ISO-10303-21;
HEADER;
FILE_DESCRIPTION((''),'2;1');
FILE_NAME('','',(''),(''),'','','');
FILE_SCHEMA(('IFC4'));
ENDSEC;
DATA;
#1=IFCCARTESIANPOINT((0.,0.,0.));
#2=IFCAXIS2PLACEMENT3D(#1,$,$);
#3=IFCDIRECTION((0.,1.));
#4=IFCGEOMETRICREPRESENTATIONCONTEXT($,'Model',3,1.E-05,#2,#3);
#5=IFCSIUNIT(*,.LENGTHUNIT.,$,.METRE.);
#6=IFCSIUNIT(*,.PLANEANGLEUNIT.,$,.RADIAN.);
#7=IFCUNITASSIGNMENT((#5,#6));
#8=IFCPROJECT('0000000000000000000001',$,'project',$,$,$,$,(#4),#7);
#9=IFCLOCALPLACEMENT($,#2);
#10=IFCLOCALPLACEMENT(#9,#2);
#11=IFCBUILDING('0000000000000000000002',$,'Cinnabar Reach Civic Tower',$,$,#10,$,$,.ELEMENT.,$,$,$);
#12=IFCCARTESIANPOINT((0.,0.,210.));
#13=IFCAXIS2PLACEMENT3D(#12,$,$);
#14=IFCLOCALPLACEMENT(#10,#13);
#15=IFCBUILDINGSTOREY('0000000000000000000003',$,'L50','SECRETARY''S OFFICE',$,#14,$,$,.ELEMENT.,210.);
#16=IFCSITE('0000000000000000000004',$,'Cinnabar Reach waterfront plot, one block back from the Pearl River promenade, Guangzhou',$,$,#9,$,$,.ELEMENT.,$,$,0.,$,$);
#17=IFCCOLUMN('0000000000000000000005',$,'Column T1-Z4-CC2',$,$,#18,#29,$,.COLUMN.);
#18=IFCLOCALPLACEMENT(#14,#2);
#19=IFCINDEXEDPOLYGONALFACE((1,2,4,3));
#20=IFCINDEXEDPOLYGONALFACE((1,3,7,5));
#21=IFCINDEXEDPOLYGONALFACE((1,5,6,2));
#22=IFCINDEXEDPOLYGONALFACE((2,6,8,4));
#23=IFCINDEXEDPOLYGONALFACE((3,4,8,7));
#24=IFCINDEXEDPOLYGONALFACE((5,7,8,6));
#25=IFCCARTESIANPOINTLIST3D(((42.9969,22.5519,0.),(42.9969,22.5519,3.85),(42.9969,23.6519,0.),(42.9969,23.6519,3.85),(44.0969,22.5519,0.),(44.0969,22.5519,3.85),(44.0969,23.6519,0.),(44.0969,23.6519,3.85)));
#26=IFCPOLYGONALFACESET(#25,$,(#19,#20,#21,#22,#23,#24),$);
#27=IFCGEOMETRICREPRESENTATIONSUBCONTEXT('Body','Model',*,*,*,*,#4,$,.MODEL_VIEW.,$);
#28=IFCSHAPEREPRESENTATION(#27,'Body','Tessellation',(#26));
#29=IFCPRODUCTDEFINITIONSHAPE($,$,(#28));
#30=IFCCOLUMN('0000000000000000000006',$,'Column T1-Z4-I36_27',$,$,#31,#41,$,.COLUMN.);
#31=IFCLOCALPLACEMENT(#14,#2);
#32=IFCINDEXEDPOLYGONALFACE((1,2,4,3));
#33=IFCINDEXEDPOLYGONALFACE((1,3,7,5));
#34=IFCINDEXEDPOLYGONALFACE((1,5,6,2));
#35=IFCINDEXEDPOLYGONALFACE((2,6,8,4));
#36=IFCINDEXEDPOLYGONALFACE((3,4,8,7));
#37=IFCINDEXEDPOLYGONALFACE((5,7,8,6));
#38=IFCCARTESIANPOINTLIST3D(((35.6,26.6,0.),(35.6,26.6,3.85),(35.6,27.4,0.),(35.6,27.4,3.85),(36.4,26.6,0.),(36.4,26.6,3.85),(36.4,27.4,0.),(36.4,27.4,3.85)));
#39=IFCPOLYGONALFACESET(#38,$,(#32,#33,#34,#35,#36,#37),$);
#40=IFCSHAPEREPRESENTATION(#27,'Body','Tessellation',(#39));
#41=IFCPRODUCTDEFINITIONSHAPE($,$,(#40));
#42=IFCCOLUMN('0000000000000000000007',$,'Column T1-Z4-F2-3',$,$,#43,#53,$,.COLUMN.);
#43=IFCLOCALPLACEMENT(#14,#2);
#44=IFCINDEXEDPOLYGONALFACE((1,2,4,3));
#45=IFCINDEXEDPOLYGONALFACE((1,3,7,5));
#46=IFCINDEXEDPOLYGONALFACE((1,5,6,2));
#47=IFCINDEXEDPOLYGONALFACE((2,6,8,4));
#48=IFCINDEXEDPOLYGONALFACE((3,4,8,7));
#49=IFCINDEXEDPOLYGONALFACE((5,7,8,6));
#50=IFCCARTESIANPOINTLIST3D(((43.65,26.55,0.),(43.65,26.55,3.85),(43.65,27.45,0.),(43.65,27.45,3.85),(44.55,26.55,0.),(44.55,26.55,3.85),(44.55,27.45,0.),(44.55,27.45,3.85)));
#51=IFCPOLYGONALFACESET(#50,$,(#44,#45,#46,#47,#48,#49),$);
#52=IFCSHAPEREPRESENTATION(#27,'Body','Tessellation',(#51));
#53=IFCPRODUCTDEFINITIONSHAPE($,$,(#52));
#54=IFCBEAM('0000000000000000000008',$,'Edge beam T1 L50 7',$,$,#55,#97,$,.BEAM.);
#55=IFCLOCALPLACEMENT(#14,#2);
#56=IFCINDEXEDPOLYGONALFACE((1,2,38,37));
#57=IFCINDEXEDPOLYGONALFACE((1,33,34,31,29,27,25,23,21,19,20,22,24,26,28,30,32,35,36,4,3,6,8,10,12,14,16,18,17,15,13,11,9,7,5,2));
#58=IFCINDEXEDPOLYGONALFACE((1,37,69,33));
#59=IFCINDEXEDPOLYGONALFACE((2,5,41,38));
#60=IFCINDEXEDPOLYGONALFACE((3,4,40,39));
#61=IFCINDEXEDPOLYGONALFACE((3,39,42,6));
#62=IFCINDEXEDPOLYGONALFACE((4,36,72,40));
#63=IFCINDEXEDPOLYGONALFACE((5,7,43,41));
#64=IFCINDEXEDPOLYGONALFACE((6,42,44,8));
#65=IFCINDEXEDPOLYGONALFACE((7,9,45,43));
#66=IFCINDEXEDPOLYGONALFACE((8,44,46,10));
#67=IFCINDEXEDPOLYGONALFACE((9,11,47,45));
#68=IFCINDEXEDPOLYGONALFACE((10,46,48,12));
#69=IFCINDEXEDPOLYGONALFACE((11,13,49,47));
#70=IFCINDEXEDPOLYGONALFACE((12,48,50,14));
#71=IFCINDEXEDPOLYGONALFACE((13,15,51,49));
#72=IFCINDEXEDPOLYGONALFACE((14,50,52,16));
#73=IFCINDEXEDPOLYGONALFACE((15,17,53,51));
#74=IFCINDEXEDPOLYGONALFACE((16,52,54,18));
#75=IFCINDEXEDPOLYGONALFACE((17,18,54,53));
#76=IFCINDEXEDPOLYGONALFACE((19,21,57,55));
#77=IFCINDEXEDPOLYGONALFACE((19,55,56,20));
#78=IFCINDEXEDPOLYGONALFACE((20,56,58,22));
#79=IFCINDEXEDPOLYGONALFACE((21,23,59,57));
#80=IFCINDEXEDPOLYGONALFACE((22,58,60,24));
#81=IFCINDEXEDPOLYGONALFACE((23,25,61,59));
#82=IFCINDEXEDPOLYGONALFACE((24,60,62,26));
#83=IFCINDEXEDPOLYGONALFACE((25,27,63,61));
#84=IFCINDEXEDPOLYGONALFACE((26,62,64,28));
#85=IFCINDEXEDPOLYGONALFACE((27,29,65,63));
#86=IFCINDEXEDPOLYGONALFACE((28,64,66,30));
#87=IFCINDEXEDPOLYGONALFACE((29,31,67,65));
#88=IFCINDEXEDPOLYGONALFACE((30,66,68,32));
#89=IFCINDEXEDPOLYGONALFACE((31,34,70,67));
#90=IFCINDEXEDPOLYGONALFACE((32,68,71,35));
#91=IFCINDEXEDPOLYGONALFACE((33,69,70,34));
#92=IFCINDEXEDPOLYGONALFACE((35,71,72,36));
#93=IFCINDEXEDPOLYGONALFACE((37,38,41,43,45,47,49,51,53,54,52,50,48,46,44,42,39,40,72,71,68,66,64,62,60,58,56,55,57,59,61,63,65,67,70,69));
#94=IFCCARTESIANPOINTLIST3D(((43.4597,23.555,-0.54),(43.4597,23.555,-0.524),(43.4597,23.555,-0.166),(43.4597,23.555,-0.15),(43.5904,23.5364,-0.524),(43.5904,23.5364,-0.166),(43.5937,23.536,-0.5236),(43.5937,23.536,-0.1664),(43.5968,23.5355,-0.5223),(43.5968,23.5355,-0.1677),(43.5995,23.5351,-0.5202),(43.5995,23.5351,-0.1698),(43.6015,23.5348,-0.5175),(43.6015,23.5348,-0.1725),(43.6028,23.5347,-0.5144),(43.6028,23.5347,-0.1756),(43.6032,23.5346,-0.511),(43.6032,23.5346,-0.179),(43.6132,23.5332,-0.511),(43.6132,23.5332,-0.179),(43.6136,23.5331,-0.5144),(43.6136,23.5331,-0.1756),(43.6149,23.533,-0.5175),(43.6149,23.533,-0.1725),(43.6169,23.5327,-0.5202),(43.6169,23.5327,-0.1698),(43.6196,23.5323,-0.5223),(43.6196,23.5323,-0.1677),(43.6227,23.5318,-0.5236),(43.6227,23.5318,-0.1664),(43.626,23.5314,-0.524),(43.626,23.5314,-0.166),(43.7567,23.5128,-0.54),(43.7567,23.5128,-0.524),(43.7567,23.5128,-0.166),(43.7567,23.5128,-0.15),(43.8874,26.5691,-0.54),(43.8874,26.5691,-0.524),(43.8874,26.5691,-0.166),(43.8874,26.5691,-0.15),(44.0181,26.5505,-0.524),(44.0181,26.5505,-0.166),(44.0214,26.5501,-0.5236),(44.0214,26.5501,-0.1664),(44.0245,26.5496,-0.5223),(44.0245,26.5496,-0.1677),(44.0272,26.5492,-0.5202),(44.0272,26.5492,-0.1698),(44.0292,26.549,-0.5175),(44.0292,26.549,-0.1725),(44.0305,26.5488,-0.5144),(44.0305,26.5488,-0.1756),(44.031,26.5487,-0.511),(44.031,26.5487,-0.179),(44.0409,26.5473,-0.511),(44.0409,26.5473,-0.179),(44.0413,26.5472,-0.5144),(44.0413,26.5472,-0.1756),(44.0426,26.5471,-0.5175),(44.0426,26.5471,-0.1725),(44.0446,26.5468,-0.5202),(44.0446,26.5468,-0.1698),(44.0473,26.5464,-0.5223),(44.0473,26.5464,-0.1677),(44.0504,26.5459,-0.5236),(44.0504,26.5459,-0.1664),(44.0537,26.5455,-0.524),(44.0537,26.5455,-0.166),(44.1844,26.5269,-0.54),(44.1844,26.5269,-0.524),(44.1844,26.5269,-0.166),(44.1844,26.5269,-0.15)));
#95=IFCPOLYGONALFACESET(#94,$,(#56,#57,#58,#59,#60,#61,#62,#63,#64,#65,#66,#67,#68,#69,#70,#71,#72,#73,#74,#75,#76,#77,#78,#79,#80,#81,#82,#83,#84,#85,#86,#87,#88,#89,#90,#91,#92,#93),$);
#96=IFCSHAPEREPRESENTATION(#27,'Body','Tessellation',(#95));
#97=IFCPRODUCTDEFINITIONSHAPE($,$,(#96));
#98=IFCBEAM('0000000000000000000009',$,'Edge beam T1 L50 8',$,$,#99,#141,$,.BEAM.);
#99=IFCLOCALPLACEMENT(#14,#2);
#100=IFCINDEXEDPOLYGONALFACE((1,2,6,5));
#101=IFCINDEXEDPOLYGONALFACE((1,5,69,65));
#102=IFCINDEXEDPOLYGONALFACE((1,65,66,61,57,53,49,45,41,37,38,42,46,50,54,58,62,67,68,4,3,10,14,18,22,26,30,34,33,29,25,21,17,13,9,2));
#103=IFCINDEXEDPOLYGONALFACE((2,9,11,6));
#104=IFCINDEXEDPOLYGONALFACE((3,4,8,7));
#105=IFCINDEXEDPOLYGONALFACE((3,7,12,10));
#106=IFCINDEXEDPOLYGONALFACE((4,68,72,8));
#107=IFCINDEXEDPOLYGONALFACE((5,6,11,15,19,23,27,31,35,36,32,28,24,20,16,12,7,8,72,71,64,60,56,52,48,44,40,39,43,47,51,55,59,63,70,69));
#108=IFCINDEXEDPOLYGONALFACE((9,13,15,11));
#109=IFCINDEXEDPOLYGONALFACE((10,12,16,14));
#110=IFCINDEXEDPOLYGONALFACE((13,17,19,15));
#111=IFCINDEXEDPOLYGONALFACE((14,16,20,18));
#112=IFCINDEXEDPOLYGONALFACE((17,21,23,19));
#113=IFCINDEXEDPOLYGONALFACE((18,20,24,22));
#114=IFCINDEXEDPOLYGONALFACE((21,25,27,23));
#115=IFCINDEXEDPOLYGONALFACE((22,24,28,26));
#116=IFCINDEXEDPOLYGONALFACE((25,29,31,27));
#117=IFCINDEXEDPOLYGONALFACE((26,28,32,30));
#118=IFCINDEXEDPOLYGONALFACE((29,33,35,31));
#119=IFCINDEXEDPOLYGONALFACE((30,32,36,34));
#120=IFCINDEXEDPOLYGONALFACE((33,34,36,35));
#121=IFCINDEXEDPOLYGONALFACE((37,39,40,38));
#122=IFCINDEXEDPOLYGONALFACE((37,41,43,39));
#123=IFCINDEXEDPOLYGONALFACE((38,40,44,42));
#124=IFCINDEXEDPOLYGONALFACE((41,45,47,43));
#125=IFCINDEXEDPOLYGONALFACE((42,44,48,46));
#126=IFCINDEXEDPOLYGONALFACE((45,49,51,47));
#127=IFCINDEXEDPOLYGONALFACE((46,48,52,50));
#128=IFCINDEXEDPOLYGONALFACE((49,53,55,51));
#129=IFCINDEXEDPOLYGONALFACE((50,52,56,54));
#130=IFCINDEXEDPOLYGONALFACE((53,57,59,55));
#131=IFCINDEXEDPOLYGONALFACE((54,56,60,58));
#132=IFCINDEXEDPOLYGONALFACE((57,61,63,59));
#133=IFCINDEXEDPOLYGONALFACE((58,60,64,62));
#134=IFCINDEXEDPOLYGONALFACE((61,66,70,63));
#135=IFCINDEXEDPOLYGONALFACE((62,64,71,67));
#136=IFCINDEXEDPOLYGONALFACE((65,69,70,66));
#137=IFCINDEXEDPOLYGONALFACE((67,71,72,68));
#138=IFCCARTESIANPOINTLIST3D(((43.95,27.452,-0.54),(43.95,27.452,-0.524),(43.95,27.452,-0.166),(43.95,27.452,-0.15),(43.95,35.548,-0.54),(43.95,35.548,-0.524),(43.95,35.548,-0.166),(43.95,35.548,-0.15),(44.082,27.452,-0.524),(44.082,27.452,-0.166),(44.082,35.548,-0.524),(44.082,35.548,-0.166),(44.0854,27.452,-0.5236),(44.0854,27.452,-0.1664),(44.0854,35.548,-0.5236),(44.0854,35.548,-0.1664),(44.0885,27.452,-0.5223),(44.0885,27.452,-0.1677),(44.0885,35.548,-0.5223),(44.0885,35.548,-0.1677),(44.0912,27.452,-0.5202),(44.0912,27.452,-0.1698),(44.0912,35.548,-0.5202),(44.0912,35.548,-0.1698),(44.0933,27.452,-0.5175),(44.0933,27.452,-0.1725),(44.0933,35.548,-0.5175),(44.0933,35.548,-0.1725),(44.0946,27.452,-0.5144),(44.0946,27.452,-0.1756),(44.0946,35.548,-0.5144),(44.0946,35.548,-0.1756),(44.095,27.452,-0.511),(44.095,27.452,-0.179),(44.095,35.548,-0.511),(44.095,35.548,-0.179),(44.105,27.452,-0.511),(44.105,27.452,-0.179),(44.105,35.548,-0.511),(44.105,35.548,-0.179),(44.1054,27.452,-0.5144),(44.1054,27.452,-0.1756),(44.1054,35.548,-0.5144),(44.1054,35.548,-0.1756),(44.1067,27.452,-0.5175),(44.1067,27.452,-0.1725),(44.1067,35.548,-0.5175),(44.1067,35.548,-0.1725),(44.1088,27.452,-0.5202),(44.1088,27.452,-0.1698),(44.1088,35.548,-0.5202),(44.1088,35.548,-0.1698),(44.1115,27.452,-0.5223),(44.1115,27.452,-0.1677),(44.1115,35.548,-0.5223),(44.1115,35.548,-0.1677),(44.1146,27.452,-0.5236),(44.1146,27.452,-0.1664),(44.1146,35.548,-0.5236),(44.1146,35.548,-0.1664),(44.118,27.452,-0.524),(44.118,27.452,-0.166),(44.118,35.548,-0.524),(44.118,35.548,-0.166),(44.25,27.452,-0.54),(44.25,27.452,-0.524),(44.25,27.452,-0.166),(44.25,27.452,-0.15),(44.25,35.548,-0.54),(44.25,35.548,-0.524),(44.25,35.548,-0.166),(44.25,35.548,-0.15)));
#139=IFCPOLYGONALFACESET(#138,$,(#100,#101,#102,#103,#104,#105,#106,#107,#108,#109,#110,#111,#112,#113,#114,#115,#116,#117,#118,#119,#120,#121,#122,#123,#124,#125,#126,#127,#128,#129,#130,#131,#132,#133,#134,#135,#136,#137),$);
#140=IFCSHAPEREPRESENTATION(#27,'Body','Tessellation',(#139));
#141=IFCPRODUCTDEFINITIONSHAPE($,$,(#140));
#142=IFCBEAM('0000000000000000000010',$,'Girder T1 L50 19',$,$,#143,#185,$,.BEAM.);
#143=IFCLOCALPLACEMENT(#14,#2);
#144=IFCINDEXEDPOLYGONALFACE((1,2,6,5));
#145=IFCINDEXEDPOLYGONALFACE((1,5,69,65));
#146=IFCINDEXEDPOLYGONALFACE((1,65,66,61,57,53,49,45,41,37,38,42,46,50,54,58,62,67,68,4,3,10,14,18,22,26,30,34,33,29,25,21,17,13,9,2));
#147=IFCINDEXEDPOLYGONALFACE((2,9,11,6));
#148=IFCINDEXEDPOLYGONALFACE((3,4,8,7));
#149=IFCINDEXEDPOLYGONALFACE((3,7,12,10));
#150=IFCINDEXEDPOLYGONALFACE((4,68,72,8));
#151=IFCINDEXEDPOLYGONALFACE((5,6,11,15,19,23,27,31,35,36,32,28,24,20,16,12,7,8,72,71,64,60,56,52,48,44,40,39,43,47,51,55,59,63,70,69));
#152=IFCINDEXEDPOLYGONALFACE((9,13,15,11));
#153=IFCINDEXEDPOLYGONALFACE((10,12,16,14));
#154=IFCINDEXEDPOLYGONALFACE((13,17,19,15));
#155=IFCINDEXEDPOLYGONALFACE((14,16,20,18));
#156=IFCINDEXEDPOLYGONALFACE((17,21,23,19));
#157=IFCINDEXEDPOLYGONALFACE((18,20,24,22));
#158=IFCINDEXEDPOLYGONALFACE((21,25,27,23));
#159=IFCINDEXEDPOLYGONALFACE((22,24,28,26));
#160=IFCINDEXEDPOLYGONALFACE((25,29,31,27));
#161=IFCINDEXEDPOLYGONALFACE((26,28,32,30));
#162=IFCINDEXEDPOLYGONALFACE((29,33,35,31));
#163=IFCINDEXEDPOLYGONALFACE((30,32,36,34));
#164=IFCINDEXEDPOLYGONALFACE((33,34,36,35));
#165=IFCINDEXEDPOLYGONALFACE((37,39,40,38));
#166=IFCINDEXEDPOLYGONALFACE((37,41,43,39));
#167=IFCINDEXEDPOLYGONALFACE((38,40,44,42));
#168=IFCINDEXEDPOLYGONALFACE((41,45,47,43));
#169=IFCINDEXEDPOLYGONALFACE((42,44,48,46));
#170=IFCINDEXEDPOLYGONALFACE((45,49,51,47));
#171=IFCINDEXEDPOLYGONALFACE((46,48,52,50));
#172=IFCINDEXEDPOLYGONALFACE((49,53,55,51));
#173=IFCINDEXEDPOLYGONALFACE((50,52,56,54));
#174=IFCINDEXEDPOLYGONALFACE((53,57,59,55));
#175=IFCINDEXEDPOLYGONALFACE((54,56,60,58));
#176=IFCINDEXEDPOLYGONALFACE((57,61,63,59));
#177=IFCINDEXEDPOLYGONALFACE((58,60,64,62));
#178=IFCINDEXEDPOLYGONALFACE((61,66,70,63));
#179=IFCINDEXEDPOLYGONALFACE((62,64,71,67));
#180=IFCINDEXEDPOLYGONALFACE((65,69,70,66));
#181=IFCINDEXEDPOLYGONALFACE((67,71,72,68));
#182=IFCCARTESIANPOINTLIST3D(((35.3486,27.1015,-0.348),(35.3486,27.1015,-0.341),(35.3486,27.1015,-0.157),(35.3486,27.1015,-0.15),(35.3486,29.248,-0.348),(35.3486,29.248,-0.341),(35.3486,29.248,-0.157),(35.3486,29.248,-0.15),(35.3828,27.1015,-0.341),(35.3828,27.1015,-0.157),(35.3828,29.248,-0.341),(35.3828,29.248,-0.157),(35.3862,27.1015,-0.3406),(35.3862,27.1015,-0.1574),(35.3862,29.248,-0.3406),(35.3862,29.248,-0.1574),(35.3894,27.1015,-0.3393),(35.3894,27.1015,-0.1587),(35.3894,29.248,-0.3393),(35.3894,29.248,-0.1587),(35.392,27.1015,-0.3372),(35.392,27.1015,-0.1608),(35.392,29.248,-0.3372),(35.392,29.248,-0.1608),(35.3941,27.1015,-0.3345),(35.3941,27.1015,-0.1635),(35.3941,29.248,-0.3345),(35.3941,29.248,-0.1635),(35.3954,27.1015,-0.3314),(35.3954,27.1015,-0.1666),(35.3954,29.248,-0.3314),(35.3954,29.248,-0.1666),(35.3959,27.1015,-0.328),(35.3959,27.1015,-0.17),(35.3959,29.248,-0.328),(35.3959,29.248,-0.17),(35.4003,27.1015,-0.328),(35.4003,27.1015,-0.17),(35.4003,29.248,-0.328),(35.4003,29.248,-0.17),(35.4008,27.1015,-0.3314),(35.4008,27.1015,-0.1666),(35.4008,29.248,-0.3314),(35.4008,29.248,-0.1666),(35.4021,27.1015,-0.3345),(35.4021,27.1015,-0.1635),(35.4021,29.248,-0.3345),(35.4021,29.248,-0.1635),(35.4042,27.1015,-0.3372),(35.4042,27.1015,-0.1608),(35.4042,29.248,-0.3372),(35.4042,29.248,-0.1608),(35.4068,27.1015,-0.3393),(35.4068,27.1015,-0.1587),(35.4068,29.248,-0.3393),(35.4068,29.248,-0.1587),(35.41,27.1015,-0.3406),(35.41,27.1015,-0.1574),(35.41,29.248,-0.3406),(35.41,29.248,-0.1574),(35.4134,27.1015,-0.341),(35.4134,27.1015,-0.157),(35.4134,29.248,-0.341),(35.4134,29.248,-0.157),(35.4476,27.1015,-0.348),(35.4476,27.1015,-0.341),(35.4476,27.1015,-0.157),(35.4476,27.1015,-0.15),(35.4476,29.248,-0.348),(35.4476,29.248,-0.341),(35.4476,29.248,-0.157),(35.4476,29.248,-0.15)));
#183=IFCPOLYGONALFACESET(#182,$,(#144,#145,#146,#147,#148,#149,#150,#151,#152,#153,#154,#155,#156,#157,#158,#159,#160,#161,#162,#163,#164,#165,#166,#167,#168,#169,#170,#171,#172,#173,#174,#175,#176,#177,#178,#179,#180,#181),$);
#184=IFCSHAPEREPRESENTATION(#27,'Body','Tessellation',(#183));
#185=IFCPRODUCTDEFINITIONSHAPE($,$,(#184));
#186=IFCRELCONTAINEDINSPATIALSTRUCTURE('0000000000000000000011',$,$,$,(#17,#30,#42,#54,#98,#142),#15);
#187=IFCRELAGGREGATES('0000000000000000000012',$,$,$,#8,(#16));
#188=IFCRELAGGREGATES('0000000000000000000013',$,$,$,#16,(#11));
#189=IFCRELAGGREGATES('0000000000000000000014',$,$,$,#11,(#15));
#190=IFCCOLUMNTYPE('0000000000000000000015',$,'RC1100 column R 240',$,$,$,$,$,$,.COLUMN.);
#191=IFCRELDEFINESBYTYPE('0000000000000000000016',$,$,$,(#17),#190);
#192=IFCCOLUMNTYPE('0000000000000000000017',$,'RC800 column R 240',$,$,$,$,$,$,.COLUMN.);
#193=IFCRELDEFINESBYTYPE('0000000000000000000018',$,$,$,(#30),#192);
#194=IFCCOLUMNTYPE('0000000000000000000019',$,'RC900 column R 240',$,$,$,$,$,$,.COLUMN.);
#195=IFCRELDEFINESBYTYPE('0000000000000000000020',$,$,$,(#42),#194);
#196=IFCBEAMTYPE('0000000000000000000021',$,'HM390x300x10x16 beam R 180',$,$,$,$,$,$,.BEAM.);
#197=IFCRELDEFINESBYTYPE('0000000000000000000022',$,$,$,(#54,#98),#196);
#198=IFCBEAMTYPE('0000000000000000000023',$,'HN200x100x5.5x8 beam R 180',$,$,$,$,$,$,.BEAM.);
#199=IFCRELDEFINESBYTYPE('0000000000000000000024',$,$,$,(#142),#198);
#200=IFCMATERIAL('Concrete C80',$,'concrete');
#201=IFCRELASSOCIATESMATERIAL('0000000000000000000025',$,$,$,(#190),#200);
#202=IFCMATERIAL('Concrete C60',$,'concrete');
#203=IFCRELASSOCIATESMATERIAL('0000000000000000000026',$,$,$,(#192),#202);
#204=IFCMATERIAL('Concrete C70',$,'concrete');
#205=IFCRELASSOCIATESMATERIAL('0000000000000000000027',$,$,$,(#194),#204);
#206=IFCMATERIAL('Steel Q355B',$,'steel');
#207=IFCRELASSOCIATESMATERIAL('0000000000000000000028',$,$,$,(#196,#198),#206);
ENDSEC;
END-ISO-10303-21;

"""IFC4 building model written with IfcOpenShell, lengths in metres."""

from ifc_helpers import new_model, si_unit, direction, frame, origin, origin_2d, place, context, subcontext, project, spatial, rectangle, i_section, extrude, material, material_profile, profile_set, type_object, element, save


model = new_model("IFC4")

# Units and contexts
model_context = context("Model", 3, precision=1e-05, world=origin(), true_north=direction((0.0, 1.0)))
body_context = subcontext(model_context, "Body", "Model", "MODEL_VIEW")
ifc_project = project(units=[si_unit("LENGTHUNIT", "METRE"), si_unit("PLANEANGLEUNIT", "RADIAN")], contexts=[model_context])

# Site, building, storey
site_placement = place(None, origin())
site = spatial("IfcSite", under=ifc_project, at=site_placement, Name="Cinnabar Reach waterfront plot, one block back from the Pearl River promenade, Guangzhou", CompositionType="ELEMENT", RefElevation=0.0)
building_placement = place(site_placement, origin())
building = spatial("IfcBuilding", under=site, at=building_placement, Name="Cinnabar Reach Civic Tower", CompositionType="ELEMENT")
storey_placement = place(building_placement, frame((0.0, 0.0, 210.0)))
storey = spatial("IfcBuildingStorey", under=building, at=storey_placement, Name="L50", Description="SECRETARY'S OFFICE", CompositionType="ELEMENT", Elevation=210.0)

# Columns
ifc_material_1 = material(Name="Concrete C80", Category="concrete")
ifc_material_profile_1 = material_profile(ifc_material_1, rectangle(XDim=1.1, YDim=1.1, at=origin_2d()), Name="RC1100")
ifc_profile_set_1 = profile_set([ifc_material_profile_1], Name="Concrete C80")
column_type_1 = type_object("IfcColumnType", Name="RC1100 column R 240", PredefinedType="COLUMN", material=ifc_profile_set_1)
column_1_placement = place(storey_placement, frame((43.5469, 23.1019, 0.0), z_axis=(0.0, 0.0, 1.0), x_axis=(1.0, 0.0, 0.0)))
element("IfcColumn", 1, at=column_1_placement, inside=storey, type_object=column_type_1, Name="Column T1-Z4-CC2", PredefinedType="COLUMN", context=body_context, shape_type="SweptSolid", body=[
    extrude(rectangle(XDim=1.1, YDim=1.1, at=origin_2d()), origin(), (0.0, 0.0, 1.0), 3.85),
])
ifc_material_2 = material(Name="Concrete C60", Category="concrete")
ifc_material_profile_2 = material_profile(ifc_material_2, rectangle(XDim=0.8, YDim=0.8, at=origin_2d()), Name="RC800")
ifc_profile_set_2 = profile_set([ifc_material_profile_2], Name="Concrete C60")
column_type_2 = type_object("IfcColumnType", Name="RC800 column R 240", PredefinedType="COLUMN", material=ifc_profile_set_2)
column_2_placement = place(storey_placement, frame((36.0, 27.0, 0.0), z_axis=(0.0, 0.0, 1.0), x_axis=(1.0, 0.0, 0.0)))
element("IfcColumn", 2, at=column_2_placement, inside=storey, type_object=column_type_2, Name="Column T1-Z4-I36_27", PredefinedType="COLUMN", context=body_context, shape_type="SweptSolid", body=[
    extrude(rectangle(XDim=0.8, YDim=0.8, at=origin_2d()), origin(), (0.0, 0.0, 1.0), 3.85),
])
ifc_material_3 = material(Name="Concrete C70", Category="concrete")
ifc_material_profile_3 = material_profile(ifc_material_3, rectangle(XDim=0.9, YDim=0.9, at=origin_2d()), Name="RC900")
ifc_profile_set_3 = profile_set([ifc_material_profile_3], Name="Concrete C70")
column_type_3 = type_object("IfcColumnType", Name="RC900 column R 240", PredefinedType="COLUMN", material=ifc_profile_set_3)
column_3_placement = place(storey_placement, frame((44.1, 27.0, 0.0), z_axis=(0.0, 0.0, 1.0), x_axis=(1.0, 0.0, 0.0)))
element("IfcColumn", 3, at=column_3_placement, inside=storey, type_object=column_type_3, Name="Column T1-Z4-F2-3", PredefinedType="COLUMN", context=body_context, shape_type="SweptSolid", body=[
    extrude(rectangle(XDim=0.9, YDim=0.9, at=origin_2d()), origin(), (0.0, 0.0, 1.0), 3.85),
])

# Beams
ifc_material_4 = material(Name="Steel Q355B", Category="steel")
ifc_material_profile_4 = material_profile(ifc_material_4, i_section(OverallWidth=0.3, OverallDepth=0.39, WebThickness=0.01, FlangeThickness=0.016, FilletRadius=0.013, at=origin_2d()), Name="HM390x300x10x16")
ifc_profile_set_4 = profile_set([ifc_material_profile_4], Name="Steel Q355B")
beam_type_1 = type_object("IfcBeamType", Name="HM390x300x10x16 beam R 180", PredefinedType="BEAM", material=ifc_profile_set_4)
beam_1_placement = place(storey_placement, frame((43.6082, 23.5339, -0.345), z_axis=(0.140492, 0.990082, 0.0), x_axis=(-0.990082, 0.140492, 0.0)))
element("IfcBeam", 4, at=beam_1_placement, inside=storey, type_object=beam_type_1, Name="Edge beam T1 L50 7", PredefinedType="BEAM", context=body_context, shape_type="SweptSolid", body=[
    extrude(i_section(OverallWidth=0.3, OverallDepth=0.39, WebThickness=0.01, FlangeThickness=0.016, FilletRadius=0.013, at=origin_2d()), origin(), (0.0, 0.0, 1.0), 3.0443),
])
beam_2_placement = place(storey_placement, frame((44.1, 27.452, -0.345), z_axis=(0.0, 1.0, 0.0), x_axis=(-1.0, 0.0, 0.0)))
element("IfcBeam", 5, at=beam_2_placement, inside=storey, type_object=beam_type_1, Name="Edge beam T1 L50 8", PredefinedType="BEAM", context=body_context, shape_type="SweptSolid", body=[
    extrude(i_section(OverallWidth=0.3, OverallDepth=0.39, WebThickness=0.01, FlangeThickness=0.016, FilletRadius=0.013, at=origin_2d()), origin(), (0.0, 0.0, 1.0), 8.096),
])
ifc_material_profile_5 = material_profile(ifc_material_4, i_section(OverallWidth=0.099, OverallDepth=0.198, WebThickness=0.0045, FlangeThickness=0.007, FilletRadius=0.013, at=origin_2d()), Name="HN200x100x5.5x8")
ifc_profile_set_5 = profile_set([ifc_material_profile_5], Name="Steel Q355B")
beam_type_2 = type_object("IfcBeamType", Name="HN200x100x5.5x8 beam R 180", PredefinedType="BEAM", material=ifc_profile_set_5)
beam_3_placement = place(storey_placement, frame((35.3981, 27.1015, -0.249), z_axis=(0.0, 1.0, 0.0), x_axis=(-1.0, 0.0, 0.0)))
element("IfcBeam", 6, at=beam_3_placement, inside=storey, type_object=beam_type_2, Name="Girder T1 L50 19", PredefinedType="BEAM", context=body_context, shape_type="SweptSolid", body=[
    extrude(i_section(OverallWidth=0.099, OverallDepth=0.198, WebThickness=0.0045, FlangeThickness=0.007, FilletRadius=0.013, at=origin_2d()), origin(), (0.0, 0.0, 1.0), 2.1465),
])

save(model, "model.ifc")
